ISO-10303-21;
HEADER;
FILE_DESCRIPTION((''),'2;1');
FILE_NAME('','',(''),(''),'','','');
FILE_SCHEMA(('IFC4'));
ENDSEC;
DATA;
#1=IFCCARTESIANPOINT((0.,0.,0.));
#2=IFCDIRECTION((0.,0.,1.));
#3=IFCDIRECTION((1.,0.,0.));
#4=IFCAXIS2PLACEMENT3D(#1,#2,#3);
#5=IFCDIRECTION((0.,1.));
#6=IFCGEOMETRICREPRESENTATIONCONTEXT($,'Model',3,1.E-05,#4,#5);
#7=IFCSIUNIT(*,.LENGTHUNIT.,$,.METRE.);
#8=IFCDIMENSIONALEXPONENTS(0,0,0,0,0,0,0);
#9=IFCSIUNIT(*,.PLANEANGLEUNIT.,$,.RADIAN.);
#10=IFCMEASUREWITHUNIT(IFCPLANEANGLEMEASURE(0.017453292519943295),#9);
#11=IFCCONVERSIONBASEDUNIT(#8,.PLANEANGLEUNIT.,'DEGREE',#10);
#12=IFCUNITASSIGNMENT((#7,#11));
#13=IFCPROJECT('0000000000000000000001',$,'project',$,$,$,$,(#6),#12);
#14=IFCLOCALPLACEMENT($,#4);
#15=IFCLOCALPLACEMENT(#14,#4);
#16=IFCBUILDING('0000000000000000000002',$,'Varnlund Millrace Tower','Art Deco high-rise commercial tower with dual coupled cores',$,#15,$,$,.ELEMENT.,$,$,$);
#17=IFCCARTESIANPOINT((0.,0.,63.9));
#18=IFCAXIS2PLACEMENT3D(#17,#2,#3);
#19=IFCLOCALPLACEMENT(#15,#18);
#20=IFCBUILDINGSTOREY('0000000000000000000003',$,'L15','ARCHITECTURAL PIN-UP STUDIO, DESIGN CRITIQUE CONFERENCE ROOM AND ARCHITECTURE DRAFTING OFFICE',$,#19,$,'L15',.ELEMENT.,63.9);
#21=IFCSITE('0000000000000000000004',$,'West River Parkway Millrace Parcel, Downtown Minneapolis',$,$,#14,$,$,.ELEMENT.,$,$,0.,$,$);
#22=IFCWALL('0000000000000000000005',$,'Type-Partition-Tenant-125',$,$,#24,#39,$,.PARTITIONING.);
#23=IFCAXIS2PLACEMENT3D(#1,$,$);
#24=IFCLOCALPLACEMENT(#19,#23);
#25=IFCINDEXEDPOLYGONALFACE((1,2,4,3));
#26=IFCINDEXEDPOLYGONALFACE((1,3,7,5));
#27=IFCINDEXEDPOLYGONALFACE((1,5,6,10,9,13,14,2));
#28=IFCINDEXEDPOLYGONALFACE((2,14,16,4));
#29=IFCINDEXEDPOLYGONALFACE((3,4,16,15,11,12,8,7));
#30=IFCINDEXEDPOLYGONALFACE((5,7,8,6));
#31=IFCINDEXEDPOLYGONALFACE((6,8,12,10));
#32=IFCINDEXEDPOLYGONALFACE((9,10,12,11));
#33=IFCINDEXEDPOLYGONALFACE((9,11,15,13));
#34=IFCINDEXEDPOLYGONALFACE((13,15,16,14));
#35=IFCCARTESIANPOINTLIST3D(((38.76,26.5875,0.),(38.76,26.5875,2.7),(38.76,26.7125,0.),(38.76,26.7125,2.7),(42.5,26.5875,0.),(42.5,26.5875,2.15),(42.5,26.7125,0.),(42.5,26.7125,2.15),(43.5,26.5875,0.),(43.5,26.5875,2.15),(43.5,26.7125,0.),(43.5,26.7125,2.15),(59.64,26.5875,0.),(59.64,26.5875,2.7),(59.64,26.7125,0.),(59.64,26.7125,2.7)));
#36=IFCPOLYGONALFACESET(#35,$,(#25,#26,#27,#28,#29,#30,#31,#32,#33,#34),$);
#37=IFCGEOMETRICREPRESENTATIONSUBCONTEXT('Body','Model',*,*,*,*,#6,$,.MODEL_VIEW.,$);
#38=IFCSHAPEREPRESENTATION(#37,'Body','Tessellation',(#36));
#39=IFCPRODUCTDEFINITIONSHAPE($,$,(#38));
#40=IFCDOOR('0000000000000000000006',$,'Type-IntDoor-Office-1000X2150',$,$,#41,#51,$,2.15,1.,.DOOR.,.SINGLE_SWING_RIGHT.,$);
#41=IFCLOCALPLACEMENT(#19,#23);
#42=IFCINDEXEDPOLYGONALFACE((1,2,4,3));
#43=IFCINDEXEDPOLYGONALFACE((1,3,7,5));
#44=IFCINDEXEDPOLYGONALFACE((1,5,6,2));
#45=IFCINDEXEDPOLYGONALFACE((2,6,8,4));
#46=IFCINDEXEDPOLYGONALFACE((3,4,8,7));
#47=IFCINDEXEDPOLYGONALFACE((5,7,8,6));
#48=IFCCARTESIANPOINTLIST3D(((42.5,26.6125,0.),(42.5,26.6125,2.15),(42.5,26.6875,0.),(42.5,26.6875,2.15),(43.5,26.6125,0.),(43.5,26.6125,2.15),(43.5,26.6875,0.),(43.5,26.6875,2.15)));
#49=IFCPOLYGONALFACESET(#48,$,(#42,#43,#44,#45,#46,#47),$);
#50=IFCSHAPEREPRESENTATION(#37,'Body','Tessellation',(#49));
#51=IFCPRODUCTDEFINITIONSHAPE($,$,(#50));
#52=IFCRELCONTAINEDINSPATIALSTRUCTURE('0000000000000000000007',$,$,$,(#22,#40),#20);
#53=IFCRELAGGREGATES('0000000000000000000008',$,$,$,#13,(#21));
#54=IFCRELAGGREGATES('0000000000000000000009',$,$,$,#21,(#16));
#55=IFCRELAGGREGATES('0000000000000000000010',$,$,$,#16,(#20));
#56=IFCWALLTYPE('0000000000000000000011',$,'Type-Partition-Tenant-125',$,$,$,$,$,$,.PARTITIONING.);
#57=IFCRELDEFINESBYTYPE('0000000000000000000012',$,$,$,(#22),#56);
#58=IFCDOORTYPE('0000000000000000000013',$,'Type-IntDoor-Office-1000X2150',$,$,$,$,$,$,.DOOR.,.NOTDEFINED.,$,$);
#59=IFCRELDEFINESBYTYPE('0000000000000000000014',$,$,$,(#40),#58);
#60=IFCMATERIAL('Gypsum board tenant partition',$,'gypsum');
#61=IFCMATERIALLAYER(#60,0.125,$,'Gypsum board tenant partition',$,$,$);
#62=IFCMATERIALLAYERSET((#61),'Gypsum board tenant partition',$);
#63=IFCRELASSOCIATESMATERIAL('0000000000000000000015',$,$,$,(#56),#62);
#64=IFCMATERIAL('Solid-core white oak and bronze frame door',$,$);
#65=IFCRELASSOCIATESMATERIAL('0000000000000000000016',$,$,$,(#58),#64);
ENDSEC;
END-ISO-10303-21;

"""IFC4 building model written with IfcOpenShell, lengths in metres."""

from ifc_helpers import new_model, entity, si_unit, converted_unit, direction, frame, origin_with_axes, origin_2d_with_axis, place, context, subcontext, project, spatial, polyline, rectangle, outline, extrude, material, layer, layer_set, type_object, element, fill, save


model = new_model("IFC4")

# Units and contexts
model_context = context("Model", 3, precision=1e-05, world=origin_with_axes(), true_north=direction((0.0, 1.0)))
body_context = subcontext(model_context, "Body", "Model", "MODEL_VIEW")
ifc_project = project(units=[si_unit("LENGTHUNIT", "METRE"), converted_unit("PLANEANGLEUNIT", "DEGREE", entity("IfcPlaneAngleMeasure", 0.017453292519943295), si_unit("PLANEANGLEUNIT", "RADIAN"), dimensions=[0, 0, 0, 0, 0, 0, 0])], contexts=[model_context])

# Site, building, storey
site_placement = place(None, origin_with_axes())
site = spatial("IfcSite", under=ifc_project, at=site_placement, Name="West River Parkway Millrace Parcel, Downtown Minneapolis", CompositionType="ELEMENT", RefElevation=0.0)
building_placement = place(site_placement, origin_with_axes())
building = spatial("IfcBuilding", under=site, at=building_placement, Name="Varnlund Millrace Tower", Description="Art Deco high-rise commercial tower with dual coupled cores", CompositionType="ELEMENT")
storey_placement = place(building_placement, frame((0.0, 0.0, 63.9), z_axis=(0.0, 0.0, 1.0), x_axis=(1.0, 0.0, 0.0)))
storey = spatial("IfcBuildingStorey", under=building, at=storey_placement, Name="L15", Description="ARCHITECTURAL PIN-UP STUDIO, DESIGN CRITIQUE CONFERENCE ROOM AND ARCHITECTURE DRAFTING OFFICE", LongName="L15", CompositionType="ELEMENT", Elevation=63.9)

# Shared definitions
ifc_material_1 = material(Name="Gypsum board tenant partition", Category="gypsum")
ifc_layer_1 = layer(ifc_material_1, 0.125, Name="Gypsum board tenant partition")
ifc_layer_set_1 = layer_set([ifc_layer_1], Name="Gypsum board tenant partition")
wall_type_1 = type_object("IfcWallType", Name="Type-Partition-Tenant-125", PredefinedType="PARTITIONING", material=ifc_layer_set_1)

# Wall, opening, door
wall_1_placement = place(storey_placement, frame((38.76, 26.65, 0.0), z_axis=(0.0, 0.0, 1.0), x_axis=(1.0, 0.0, 0.0)))
wall_1 = element("IfcWall", 1, at=wall_1_placement, inside=storey, type_object=wall_type_1, Name="Type-Partition-Tenant-125", PredefinedType="PARTITIONING", context=body_context, shape_type="SweptSolid", body=[
    extrude(outline(polyline([(0.0, -0.0625), (20.88, -0.0625), (20.88, 0.0625), (0.0, 0.0625), (0.0, -0.0625)])), origin_with_axes(), (0.0, 0.0, 1.0), 2.7),
])
opening_1_placement = place(wall_1_placement, frame((4.24, 0.0, 0.0), z_axis=(0.0, 0.0, 1.0), x_axis=(1.0, 0.0, 0.0)))
opening_1 = element("IfcOpeningElement", 2, at=opening_1_placement, cuts=wall_1, PredefinedType="OPENING", context=body_context, shape_type="SweptSolid", body=[
    extrude(rectangle(XDim=1.0, YDim=0.145, at=origin_2d_with_axis()), origin_with_axes(), (0.0, 0.0, 1.0), 2.15),
])
ifc_material_2 = material(Name="Solid-core white oak and bronze frame door")
door_type = type_object("IfcDoorType", Name="Type-IntDoor-Office-1000X2150", OperationType="NOTDEFINED", PredefinedType="DOOR", material=ifc_material_2)
door_placement = place(wall_1_placement, frame((4.24, 0.0, 0.0), z_axis=(0.0, 0.0, 1.0), x_axis=(1.0, 0.0, 0.0)))
door = element("IfcDoor", 3, at=door_placement, inside=storey, type_object=door_type, Name="Type-IntDoor-Office-1000X2150", OperationType="SINGLE_SWING_RIGHT", OverallHeight=2.15, OverallWidth=1.0, PredefinedType="DOOR", context=body_context, shape_type="SweptSolid", body=[
    extrude(rectangle(XDim=1.0, YDim=0.075, at=origin_2d_with_axis()), origin_with_axes(), (0.0, 0.0, 1.0), 2.15),
])
fill(opening_1, door)

save(model, "model.ifc")
